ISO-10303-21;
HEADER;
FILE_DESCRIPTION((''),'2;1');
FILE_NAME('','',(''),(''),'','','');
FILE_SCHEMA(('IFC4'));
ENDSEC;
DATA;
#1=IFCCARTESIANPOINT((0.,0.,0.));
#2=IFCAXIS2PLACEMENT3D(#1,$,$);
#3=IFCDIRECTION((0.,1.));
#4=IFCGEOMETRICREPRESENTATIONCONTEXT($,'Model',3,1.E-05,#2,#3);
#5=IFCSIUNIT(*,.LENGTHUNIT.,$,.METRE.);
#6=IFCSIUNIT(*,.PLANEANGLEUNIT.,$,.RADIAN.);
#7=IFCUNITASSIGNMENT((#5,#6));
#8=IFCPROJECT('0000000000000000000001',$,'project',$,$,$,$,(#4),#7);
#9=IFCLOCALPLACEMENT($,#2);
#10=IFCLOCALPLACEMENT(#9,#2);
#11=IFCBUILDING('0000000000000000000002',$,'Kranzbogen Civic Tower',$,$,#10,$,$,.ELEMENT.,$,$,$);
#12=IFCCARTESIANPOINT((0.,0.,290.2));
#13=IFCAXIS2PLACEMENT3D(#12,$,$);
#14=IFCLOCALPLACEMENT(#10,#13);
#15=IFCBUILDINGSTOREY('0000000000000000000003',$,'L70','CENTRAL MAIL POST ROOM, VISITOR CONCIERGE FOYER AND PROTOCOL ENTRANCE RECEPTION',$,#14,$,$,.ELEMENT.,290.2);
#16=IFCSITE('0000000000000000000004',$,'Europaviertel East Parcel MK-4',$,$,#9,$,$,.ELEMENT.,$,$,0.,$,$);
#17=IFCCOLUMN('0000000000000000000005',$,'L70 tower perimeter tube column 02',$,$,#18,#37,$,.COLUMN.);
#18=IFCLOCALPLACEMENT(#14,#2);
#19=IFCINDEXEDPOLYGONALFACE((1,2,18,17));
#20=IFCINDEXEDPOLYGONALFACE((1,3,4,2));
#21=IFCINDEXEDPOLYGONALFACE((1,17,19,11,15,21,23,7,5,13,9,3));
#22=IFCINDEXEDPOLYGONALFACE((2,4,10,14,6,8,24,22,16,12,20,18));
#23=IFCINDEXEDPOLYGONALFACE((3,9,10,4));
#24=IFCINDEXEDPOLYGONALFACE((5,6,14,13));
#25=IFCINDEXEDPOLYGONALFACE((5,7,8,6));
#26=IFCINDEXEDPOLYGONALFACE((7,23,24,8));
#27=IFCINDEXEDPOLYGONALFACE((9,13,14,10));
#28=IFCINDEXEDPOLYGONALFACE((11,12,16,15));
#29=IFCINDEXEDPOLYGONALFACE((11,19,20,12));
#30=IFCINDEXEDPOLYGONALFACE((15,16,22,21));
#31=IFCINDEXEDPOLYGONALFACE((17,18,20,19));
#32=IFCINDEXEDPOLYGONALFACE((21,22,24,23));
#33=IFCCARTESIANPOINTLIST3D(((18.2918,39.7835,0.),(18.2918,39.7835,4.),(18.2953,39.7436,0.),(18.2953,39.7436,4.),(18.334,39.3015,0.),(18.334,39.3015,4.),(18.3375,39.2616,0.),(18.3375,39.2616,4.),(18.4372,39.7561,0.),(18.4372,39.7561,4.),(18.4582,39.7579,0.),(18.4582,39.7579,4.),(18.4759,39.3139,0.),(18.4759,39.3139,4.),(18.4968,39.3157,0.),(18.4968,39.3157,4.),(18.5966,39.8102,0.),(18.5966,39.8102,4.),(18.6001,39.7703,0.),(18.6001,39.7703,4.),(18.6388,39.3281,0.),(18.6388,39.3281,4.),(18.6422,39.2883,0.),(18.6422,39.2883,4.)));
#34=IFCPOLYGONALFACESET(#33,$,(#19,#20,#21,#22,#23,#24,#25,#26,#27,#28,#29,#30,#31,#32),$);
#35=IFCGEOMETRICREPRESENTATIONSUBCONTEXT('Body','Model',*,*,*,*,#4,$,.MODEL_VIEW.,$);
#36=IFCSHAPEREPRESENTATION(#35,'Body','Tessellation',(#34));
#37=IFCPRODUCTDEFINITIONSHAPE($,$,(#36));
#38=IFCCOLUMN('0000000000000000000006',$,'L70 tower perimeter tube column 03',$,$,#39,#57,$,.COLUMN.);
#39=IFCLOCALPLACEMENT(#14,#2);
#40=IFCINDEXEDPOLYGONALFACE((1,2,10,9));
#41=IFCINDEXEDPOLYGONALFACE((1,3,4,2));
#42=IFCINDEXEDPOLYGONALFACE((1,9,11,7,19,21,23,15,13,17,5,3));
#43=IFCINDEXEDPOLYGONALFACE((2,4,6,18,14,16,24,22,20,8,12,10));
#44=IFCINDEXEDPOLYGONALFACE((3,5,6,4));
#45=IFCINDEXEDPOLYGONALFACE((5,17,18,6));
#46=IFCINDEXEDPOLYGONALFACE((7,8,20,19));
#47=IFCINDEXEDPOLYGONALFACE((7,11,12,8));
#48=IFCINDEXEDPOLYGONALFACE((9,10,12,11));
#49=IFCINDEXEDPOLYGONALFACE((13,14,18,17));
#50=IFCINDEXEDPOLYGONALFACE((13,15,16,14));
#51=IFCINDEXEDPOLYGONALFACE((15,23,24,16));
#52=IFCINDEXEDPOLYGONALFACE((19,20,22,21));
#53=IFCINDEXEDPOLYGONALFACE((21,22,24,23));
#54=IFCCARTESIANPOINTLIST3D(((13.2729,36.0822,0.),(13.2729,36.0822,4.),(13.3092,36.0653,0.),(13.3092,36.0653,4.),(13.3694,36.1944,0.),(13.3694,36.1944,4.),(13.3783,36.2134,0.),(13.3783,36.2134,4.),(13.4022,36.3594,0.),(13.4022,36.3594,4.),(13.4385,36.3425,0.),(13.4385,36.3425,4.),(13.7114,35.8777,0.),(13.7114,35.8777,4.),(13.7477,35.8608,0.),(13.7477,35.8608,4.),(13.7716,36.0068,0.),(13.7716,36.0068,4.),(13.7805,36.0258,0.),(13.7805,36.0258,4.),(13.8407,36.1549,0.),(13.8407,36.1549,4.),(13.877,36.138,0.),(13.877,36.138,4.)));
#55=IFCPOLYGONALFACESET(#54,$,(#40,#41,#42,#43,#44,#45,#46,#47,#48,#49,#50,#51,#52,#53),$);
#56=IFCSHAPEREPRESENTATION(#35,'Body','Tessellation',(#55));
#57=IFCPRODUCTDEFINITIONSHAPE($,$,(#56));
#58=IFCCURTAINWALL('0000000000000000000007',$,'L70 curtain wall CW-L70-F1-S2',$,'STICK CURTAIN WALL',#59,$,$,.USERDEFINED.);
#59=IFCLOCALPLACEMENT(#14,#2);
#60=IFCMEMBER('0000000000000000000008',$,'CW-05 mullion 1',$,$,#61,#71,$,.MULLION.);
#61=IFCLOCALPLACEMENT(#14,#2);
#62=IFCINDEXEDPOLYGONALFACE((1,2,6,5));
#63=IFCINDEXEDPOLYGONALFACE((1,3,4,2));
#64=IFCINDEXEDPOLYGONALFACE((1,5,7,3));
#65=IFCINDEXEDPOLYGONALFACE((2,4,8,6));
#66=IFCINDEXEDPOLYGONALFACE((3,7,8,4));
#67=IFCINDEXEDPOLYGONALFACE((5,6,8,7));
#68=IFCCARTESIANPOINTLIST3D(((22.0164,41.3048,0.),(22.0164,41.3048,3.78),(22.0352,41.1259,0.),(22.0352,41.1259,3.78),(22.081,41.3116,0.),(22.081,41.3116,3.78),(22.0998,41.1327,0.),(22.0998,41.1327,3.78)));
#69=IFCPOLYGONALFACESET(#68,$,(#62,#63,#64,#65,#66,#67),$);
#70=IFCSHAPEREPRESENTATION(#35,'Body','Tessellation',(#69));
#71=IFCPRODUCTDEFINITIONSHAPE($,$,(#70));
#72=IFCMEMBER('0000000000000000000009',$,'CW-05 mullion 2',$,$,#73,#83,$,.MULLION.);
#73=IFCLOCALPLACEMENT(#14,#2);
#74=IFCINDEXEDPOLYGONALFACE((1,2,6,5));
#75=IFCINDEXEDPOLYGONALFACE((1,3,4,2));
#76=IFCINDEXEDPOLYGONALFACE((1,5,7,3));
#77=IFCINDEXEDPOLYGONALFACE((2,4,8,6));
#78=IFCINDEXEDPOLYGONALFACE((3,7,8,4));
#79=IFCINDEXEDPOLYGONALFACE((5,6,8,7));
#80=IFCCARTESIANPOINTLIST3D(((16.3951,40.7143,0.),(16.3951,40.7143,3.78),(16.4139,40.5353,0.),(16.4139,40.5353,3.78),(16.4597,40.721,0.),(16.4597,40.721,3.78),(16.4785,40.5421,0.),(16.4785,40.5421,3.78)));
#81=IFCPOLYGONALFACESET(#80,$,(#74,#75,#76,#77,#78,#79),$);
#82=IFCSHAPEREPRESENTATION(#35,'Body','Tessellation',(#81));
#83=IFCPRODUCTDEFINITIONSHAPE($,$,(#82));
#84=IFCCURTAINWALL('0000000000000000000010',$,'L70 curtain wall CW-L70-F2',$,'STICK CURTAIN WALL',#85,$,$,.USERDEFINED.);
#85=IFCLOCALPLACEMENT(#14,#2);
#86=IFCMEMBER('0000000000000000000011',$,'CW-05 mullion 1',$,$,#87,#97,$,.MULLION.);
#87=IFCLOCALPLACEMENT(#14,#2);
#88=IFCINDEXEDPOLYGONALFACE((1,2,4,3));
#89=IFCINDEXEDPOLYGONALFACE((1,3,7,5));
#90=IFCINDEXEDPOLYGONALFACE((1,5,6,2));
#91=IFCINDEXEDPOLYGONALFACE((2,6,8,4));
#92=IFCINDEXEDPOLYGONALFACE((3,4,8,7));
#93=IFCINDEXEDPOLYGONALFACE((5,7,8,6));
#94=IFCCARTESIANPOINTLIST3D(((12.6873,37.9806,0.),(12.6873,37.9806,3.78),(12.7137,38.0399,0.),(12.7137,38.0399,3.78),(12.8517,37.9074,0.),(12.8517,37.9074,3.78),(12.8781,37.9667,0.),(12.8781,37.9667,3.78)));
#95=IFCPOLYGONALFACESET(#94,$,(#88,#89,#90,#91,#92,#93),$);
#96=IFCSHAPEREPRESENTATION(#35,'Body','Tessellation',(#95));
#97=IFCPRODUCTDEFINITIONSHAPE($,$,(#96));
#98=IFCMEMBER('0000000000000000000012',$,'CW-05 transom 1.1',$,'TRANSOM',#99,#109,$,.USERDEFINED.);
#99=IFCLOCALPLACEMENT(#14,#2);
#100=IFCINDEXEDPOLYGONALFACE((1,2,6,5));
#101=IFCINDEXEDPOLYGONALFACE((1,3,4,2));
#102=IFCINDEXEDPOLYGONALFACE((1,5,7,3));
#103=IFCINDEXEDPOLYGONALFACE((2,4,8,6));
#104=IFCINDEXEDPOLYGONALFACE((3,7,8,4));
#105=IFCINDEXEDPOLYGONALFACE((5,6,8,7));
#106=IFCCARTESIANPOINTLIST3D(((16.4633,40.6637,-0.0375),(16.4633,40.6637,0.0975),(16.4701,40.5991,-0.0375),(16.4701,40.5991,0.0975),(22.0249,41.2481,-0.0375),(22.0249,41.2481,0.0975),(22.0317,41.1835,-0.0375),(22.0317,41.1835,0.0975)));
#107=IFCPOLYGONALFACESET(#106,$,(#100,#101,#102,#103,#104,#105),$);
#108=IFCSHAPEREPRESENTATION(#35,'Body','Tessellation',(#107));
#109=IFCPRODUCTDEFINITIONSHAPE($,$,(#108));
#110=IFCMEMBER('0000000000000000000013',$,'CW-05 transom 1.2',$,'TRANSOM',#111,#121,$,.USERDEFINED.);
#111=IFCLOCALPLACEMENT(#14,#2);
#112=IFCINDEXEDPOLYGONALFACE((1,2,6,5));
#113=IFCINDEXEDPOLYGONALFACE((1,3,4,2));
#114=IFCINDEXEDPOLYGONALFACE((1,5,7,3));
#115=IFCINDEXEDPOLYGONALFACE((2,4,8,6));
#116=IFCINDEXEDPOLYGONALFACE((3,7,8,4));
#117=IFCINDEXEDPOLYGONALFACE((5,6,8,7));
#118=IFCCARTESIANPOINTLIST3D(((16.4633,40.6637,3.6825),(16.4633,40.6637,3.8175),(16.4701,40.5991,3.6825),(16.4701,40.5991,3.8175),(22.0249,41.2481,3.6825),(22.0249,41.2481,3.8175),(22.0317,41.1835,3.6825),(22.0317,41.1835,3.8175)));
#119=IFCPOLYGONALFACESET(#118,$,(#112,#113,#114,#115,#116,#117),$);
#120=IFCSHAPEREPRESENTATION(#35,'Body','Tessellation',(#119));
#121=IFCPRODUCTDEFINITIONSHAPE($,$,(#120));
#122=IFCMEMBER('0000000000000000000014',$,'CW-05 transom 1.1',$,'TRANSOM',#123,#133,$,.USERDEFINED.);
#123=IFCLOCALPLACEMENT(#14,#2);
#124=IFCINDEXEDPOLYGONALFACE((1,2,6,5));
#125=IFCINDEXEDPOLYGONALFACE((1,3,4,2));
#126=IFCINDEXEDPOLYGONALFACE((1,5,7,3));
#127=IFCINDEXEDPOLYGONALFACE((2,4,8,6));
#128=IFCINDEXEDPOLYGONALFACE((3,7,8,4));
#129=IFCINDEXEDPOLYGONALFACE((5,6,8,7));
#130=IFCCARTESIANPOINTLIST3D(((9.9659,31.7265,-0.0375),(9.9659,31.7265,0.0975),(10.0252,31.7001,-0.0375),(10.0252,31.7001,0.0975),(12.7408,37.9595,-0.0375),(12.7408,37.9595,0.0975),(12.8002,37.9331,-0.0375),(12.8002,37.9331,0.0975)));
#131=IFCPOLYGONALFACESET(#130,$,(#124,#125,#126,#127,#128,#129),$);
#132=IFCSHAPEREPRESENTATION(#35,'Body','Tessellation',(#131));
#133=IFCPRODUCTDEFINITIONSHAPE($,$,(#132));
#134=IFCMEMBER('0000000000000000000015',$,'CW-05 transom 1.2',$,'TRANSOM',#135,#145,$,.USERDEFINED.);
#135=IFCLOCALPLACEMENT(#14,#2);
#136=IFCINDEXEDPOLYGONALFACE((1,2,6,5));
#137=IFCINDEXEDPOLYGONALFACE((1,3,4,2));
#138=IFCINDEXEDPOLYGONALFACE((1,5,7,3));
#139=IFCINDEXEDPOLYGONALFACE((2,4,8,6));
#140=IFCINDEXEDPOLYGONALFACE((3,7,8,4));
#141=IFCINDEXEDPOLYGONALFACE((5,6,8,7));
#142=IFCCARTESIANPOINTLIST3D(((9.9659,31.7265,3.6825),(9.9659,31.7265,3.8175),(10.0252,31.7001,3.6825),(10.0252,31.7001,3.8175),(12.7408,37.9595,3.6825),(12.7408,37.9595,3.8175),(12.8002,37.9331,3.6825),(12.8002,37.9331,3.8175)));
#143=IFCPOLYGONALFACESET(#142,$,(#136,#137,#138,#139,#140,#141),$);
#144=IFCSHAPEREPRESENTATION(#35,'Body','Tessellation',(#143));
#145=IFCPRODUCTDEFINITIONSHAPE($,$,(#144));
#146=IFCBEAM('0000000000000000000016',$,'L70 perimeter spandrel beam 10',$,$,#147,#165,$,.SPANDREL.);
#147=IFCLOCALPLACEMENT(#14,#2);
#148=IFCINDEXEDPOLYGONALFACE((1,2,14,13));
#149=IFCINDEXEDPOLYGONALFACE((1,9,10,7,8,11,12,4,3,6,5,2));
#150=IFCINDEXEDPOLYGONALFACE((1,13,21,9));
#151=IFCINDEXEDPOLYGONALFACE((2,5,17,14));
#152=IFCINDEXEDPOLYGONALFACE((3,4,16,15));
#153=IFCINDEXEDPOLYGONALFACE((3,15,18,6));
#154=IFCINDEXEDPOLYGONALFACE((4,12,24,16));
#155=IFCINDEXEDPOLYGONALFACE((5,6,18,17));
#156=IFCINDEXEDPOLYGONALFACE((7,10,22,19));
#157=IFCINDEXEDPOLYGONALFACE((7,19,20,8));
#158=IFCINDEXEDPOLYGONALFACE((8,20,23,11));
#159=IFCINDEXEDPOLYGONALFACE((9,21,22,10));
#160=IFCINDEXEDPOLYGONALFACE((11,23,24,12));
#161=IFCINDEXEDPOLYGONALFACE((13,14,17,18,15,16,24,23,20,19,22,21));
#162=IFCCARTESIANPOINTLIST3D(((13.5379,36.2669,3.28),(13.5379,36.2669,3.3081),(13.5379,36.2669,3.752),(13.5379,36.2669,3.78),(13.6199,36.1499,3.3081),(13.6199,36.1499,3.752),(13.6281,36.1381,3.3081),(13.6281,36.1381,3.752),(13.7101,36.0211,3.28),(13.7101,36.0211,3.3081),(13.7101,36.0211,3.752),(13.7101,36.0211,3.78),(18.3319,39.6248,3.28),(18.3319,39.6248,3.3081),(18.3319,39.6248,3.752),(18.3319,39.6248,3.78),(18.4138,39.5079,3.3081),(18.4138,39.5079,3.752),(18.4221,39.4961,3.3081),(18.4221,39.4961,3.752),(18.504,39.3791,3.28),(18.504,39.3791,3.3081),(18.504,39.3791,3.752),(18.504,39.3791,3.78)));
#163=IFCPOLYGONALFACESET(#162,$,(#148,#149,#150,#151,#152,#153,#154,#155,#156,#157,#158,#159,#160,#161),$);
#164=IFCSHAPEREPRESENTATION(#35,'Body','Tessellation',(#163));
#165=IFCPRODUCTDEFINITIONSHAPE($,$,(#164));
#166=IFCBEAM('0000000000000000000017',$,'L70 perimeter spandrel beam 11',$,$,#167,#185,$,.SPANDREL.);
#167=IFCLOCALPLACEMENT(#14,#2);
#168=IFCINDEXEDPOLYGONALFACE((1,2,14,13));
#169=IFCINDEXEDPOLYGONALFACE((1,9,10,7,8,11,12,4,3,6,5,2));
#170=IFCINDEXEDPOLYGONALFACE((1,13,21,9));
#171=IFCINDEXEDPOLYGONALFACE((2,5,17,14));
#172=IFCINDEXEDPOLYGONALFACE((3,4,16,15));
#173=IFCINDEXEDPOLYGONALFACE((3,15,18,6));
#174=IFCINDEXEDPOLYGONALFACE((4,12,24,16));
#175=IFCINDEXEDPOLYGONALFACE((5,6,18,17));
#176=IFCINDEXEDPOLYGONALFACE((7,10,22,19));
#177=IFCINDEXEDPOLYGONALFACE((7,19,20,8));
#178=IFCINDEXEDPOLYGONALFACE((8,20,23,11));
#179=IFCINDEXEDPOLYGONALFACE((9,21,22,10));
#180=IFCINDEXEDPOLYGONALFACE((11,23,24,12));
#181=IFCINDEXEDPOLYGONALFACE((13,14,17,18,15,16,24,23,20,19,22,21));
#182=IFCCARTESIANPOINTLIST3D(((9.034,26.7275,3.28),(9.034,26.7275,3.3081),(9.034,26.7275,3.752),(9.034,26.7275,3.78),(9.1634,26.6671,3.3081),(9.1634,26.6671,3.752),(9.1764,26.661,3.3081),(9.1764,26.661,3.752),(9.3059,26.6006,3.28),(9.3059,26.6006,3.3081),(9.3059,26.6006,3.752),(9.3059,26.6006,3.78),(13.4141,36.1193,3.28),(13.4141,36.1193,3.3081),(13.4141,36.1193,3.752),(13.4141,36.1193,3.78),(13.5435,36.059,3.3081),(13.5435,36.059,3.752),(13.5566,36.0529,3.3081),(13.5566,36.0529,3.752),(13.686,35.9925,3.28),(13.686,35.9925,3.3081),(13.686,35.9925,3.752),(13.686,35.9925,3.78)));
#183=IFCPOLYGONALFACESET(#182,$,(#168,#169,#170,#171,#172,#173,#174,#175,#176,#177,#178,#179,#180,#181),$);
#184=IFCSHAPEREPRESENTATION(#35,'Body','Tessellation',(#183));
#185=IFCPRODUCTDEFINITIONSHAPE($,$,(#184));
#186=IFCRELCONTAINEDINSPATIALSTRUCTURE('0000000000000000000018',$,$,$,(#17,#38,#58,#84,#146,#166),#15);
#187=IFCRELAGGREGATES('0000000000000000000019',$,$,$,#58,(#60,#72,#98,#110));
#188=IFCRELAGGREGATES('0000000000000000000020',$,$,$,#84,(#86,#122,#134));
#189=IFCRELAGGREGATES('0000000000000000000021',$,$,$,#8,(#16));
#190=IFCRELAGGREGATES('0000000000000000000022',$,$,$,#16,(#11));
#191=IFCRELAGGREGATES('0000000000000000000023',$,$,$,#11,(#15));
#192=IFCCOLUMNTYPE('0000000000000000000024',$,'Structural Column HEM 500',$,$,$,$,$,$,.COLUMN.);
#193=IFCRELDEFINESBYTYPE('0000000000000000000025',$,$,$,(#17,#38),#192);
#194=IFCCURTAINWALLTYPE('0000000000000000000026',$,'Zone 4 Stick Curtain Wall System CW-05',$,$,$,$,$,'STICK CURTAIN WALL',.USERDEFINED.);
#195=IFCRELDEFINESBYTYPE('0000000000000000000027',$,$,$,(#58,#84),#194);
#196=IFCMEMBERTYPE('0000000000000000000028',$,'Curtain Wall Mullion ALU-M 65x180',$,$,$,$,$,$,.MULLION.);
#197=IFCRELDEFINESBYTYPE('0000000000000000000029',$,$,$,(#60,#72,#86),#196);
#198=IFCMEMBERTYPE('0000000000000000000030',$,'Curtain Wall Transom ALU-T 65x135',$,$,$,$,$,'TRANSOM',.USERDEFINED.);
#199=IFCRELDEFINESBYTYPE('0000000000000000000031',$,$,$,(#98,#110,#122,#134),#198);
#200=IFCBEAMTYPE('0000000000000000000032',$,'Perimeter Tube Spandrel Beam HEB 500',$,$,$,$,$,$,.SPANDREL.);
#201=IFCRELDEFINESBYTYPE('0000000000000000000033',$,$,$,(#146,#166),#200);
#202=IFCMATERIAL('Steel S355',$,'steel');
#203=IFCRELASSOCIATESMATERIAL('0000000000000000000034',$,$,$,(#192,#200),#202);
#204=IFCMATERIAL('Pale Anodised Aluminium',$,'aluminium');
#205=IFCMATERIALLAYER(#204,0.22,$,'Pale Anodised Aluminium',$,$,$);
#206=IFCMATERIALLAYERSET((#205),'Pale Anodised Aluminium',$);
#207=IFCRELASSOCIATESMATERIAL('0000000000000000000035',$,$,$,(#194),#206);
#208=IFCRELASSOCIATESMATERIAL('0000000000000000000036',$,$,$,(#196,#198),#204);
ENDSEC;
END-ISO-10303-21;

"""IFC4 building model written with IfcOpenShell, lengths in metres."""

from ifc_helpers import new_model, si_unit, direction, frame, origin, origin_2d, place, context, subcontext, project, spatial, rectangle, i_section, extrude, material, layer, layer_set, material_profile, profile_set, type_object, element, aggregate, save


model = new_model("IFC4")

# Units and contexts
model_context = context("Model", 3, precision=1e-05, world=origin(), true_north=direction((0.0, 1.0)))
body_context = subcontext(model_context, "Body", "Model", "MODEL_VIEW")
ifc_project = project(units=[si_unit("LENGTHUNIT", "METRE"), si_unit("PLANEANGLEUNIT", "RADIAN")], contexts=[model_context])

# Site, building, storey
site_placement = place(None, origin())
site = spatial("IfcSite", under=ifc_project, at=site_placement, Name="Europaviertel East Parcel MK-4", CompositionType="ELEMENT", RefElevation=0.0)
building_placement = place(site_placement, origin())
building = spatial("IfcBuilding", under=site, at=building_placement, Name="Kranzbogen Civic Tower", CompositionType="ELEMENT")
storey_placement = place(building_placement, frame((0.0, 0.0, 290.2)))
storey = spatial("IfcBuildingStorey", under=building, at=storey_placement, Name="L70", Description="CENTRAL MAIL POST ROOM, VISITOR CONCIERGE FOYER AND PROTOCOL ENTRANCE RECEPTION", CompositionType="ELEMENT", Elevation=290.2)

# Columns
ifc_material_1 = material(Name="Steel S355", Category="steel")
ifc_material_profile_1 = material_profile(ifc_material_1, i_section(OverallWidth=0.3059, OverallDepth=0.5239, WebThickness=0.021, FlangeThickness=0.04, at=origin_2d()), Name="HEM 500")
ifc_profile_set_1 = profile_set([ifc_material_profile_1], Name="Steel S355")
column_type = type_object("IfcColumnType", Name="Structural Column HEM 500", PredefinedType="COLUMN", material=ifc_profile_set_1)
for number, where, z_axis, x_axis, name in (
    (1, (18.467, 39.5359, 0.0), (0.0, 0.0, 1.0), (0.996195, 0.087156, 0.0), "L70 tower perimeter tube column 02"),
    (2, (13.575, 36.1101, 0.0), (0.0, 0.0, 1.0), (0.422618, 0.906308, 0.0), "L70 tower perimeter tube column 03"),
):
    element("IfcColumn", number, at=place(storey_placement, frame(where, z_axis=z_axis, x_axis=x_axis)), inside=storey, type_object=column_type, Name=name, PredefinedType="COLUMN", context=body_context, shape_type="SweptSolid", body=[
        extrude(i_section(OverallWidth=0.3059, OverallDepth=0.5239, WebThickness=0.021, FlangeThickness=0.04, at=origin_2d()), origin(), (0.0, 0.0, 1.0), 4.0),
    ])

# Curtain wall, members
ifc_material_2 = material(Name="Pale Anodised Aluminium", Category="aluminium")
ifc_layer_1 = layer(ifc_material_2, 0.22, Name="Pale Anodised Aluminium")
ifc_layer_set_1 = layer_set([ifc_layer_1], Name="Pale Anodised Aluminium")
curtain_wall_type = type_object("IfcCurtainWallType", Name="Zone 4 Stick Curtain Wall System CW-05", ElementType="STICK CURTAIN WALL", PredefinedType="USERDEFINED", material=ifc_layer_set_1)
curtain_wall_1_placement = place(storey_placement, origin())
curtain_wall_1 = element("IfcCurtainWall", 3, at=curtain_wall_1_placement, inside=storey, type_object=curtain_wall_type, Name="L70 curtain wall CW-L70-F1-S2", ObjectType="STICK CURTAIN WALL", PredefinedType="USERDEFINED")
ifc_material_profile_2 = material_profile(ifc_material_2, rectangle(XDim=0.0649, YDim=0.1799, at=origin_2d()), Name="ALU-M 65x180")
ifc_profile_set_2 = profile_set([ifc_material_profile_2], Name="Pale Anodised Aluminium")
member_type_1 = type_object("IfcMemberType", Name="Curtain Wall Mullion ALU-M 65x180", PredefinedType="MULLION", material=ifc_profile_set_2)
member_1_placement = place(storey_placement, frame((22.0581, 41.2188, 0.0), z_axis=(0.0, 0.0, 1.0), x_axis=(-0.994524, -0.104512, 0.0)))
member_1 = element("IfcMember", 4, at=member_1_placement, type_object=member_type_1, Name="CW-05 mullion 1", PredefinedType="MULLION", context=body_context, shape_type="SweptSolid", body=[
    extrude(rectangle(XDim=0.0649, YDim=0.1799, at=origin_2d()), origin(), (0.0, 0.0, 1.0), 3.78),
])
member_2_placement = place(storey_placement, frame((16.4368, 40.6282, 0.0), z_axis=(0.0, 0.0, 1.0), x_axis=(-0.994524, -0.104512, 0.0)))
member_2 = element("IfcMember", 5, at=member_2_placement, type_object=member_type_1, Name="CW-05 mullion 2", PredefinedType="MULLION", context=body_context, shape_type="SweptSolid", body=[
    extrude(rectangle(XDim=0.0649, YDim=0.1799, at=origin_2d()), origin(), (0.0, 0.0, 1.0), 3.78),
])

# Curtain wall, member
curtain_wall_2_placement = place(storey_placement, origin())
curtain_wall_2 = element("IfcCurtainWall", 6, at=curtain_wall_2_placement, inside=storey, type_object=curtain_wall_type, Name="L70 curtain wall CW-L70-F2", ObjectType="STICK CURTAIN WALL", PredefinedType="USERDEFINED")
member_3_placement = place(storey_placement, frame((12.7827, 37.9736, 0.0), z_axis=(0.0, 0.0, 1.0), x_axis=(-0.406722, -0.913552, 0.0)))
member_3 = element("IfcMember", 7, at=member_3_placement, type_object=member_type_1, Name="CW-05 mullion 1", PredefinedType="MULLION", context=body_context, shape_type="SweptSolid", body=[
    extrude(rectangle(XDim=0.0649, YDim=0.1799, at=origin_2d()), origin(), (0.0, 0.0, 1.0), 3.78),
])

# Members
ifc_material_profile_3 = material_profile(ifc_material_2, rectangle(XDim=0.0649, YDim=0.135, at=origin_2d()), Name="ALU-T 65x135")
ifc_profile_set_3 = profile_set([ifc_material_profile_3], Name="Pale Anodised Aluminium")
member_type_2 = type_object("IfcMemberType", Name="Curtain Wall Transom ALU-T 65x135", ElementType="TRANSOM", PredefinedType="USERDEFINED", material=ifc_profile_set_3)
member_4_placement = place(storey_placement, frame((22.0283, 41.2158, 0.03), z_axis=(-0.994524, -0.104512, 0.0), x_axis=(0.104512, -0.994524, 0.0)))
member_4 = element("IfcMember", 8, at=member_4_placement, type_object=member_type_2, Name="CW-05 transom 1.1", ObjectType="TRANSOM", PredefinedType="USERDEFINED", context=body_context, shape_type="SweptSolid", body=[
    extrude(rectangle(XDim=0.0649, YDim=0.135, at=origin_2d()), origin(), (0.0, 0.0, 1.0), 5.5923),
])
member_5_placement = place(storey_placement, frame((22.0283, 41.2158, 3.75), z_axis=(-0.994524, -0.104512, 0.0), x_axis=(0.104512, -0.994524, 0.0)))
member_5 = element("IfcMember", 9, at=member_5_placement, type_object=member_type_2, Name="CW-05 transom 1.2", ObjectType="TRANSOM", PredefinedType="USERDEFINED", context=body_context, shape_type="SweptSolid", body=[
    extrude(rectangle(XDim=0.0649, YDim=0.135, at=origin_2d()), origin(), (0.0, 0.0, 1.0), 5.5923),
])
member_6_placement = place(storey_placement, frame((12.7705, 37.9463, 0.03), z_axis=(-0.406716, -0.913555, 0.0), x_axis=(0.913555, -0.406716, 0.0)))
member_6 = element("IfcMember", 10, at=member_6_placement, type_object=member_type_2, Name="CW-05 transom 1.1", ObjectType="TRANSOM", PredefinedType="USERDEFINED", context=body_context, shape_type="SweptSolid", body=[
    extrude(rectangle(XDim=0.0649, YDim=0.135, at=origin_2d()), origin(), (0.0, 0.0, 1.0), 6.8228),
])
member_7_placement = place(storey_placement, frame((12.7705, 37.9463, 3.75), z_axis=(-0.406716, -0.913555, 0.0), x_axis=(0.913555, -0.406716, 0.0)))
member_7 = element("IfcMember", 11, at=member_7_placement, type_object=member_type_2, Name="CW-05 transom 1.2", ObjectType="TRANSOM", PredefinedType="USERDEFINED", context=body_context, shape_type="SweptSolid", body=[
    extrude(rectangle(XDim=0.0649, YDim=0.135, at=origin_2d()), origin(), (0.0, 0.0, 1.0), 6.8228),
])

# Beams
ifc_material_profile_4 = material_profile(ifc_material_1, i_section(OverallWidth=0.3, OverallDepth=0.5, WebThickness=0.0144, FlangeThickness=0.0281, at=origin_2d()), Name="HEB 500")
ifc_profile_set_4 = profile_set([ifc_material_profile_4], Name="Steel S355")
beam_type_1 = type_object("IfcBeamType", Name="Perimeter Tube Spandrel Beam HEB 500", PredefinedType="SPANDREL", material=ifc_profile_set_4)
beam_1_placement = place(storey_placement, frame((18.418, 39.502, 3.53), z_axis=(-0.819059, -0.573709, 0.0), x_axis=(0.573709, -0.819059, 0.0)))
element("IfcBeam", 12, at=beam_1_placement, inside=storey, type_object=beam_type_1, Name="L70 perimeter spandrel beam 10", PredefinedType="SPANDREL", context=body_context, shape_type="SweptSolid", body=[
    extrude(i_section(OverallWidth=0.3, OverallDepth=0.5, WebThickness=0.0144, FlangeThickness=0.0281, at=origin_2d()), origin(), (0.0, 0.0, 1.0), 5.853),
])
beam_2_placement = place(storey_placement, frame((13.55, 36.0559, 3.53), z_axis=(-0.422669, -0.906284, 0.0), x_axis=(0.906284, -0.422669, 0.0)))
element("IfcBeam", 13, at=beam_2_placement, inside=storey, type_object=beam_type_1, Name="L70 perimeter spandrel beam 11", PredefinedType="SPANDREL", context=body_context, shape_type="SweptSolid", body=[
    extrude(i_section(OverallWidth=0.3, OverallDepth=0.5, WebThickness=0.0144, FlangeThickness=0.0281, at=origin_2d()), origin(), (0.0, 0.0, 1.0), 10.363),
])

aggregate(curtain_wall_1, [member_1, member_2, member_4, member_5])
aggregate(curtain_wall_2, [member_3, member_6, member_7])

save(model, "model.ifc")
